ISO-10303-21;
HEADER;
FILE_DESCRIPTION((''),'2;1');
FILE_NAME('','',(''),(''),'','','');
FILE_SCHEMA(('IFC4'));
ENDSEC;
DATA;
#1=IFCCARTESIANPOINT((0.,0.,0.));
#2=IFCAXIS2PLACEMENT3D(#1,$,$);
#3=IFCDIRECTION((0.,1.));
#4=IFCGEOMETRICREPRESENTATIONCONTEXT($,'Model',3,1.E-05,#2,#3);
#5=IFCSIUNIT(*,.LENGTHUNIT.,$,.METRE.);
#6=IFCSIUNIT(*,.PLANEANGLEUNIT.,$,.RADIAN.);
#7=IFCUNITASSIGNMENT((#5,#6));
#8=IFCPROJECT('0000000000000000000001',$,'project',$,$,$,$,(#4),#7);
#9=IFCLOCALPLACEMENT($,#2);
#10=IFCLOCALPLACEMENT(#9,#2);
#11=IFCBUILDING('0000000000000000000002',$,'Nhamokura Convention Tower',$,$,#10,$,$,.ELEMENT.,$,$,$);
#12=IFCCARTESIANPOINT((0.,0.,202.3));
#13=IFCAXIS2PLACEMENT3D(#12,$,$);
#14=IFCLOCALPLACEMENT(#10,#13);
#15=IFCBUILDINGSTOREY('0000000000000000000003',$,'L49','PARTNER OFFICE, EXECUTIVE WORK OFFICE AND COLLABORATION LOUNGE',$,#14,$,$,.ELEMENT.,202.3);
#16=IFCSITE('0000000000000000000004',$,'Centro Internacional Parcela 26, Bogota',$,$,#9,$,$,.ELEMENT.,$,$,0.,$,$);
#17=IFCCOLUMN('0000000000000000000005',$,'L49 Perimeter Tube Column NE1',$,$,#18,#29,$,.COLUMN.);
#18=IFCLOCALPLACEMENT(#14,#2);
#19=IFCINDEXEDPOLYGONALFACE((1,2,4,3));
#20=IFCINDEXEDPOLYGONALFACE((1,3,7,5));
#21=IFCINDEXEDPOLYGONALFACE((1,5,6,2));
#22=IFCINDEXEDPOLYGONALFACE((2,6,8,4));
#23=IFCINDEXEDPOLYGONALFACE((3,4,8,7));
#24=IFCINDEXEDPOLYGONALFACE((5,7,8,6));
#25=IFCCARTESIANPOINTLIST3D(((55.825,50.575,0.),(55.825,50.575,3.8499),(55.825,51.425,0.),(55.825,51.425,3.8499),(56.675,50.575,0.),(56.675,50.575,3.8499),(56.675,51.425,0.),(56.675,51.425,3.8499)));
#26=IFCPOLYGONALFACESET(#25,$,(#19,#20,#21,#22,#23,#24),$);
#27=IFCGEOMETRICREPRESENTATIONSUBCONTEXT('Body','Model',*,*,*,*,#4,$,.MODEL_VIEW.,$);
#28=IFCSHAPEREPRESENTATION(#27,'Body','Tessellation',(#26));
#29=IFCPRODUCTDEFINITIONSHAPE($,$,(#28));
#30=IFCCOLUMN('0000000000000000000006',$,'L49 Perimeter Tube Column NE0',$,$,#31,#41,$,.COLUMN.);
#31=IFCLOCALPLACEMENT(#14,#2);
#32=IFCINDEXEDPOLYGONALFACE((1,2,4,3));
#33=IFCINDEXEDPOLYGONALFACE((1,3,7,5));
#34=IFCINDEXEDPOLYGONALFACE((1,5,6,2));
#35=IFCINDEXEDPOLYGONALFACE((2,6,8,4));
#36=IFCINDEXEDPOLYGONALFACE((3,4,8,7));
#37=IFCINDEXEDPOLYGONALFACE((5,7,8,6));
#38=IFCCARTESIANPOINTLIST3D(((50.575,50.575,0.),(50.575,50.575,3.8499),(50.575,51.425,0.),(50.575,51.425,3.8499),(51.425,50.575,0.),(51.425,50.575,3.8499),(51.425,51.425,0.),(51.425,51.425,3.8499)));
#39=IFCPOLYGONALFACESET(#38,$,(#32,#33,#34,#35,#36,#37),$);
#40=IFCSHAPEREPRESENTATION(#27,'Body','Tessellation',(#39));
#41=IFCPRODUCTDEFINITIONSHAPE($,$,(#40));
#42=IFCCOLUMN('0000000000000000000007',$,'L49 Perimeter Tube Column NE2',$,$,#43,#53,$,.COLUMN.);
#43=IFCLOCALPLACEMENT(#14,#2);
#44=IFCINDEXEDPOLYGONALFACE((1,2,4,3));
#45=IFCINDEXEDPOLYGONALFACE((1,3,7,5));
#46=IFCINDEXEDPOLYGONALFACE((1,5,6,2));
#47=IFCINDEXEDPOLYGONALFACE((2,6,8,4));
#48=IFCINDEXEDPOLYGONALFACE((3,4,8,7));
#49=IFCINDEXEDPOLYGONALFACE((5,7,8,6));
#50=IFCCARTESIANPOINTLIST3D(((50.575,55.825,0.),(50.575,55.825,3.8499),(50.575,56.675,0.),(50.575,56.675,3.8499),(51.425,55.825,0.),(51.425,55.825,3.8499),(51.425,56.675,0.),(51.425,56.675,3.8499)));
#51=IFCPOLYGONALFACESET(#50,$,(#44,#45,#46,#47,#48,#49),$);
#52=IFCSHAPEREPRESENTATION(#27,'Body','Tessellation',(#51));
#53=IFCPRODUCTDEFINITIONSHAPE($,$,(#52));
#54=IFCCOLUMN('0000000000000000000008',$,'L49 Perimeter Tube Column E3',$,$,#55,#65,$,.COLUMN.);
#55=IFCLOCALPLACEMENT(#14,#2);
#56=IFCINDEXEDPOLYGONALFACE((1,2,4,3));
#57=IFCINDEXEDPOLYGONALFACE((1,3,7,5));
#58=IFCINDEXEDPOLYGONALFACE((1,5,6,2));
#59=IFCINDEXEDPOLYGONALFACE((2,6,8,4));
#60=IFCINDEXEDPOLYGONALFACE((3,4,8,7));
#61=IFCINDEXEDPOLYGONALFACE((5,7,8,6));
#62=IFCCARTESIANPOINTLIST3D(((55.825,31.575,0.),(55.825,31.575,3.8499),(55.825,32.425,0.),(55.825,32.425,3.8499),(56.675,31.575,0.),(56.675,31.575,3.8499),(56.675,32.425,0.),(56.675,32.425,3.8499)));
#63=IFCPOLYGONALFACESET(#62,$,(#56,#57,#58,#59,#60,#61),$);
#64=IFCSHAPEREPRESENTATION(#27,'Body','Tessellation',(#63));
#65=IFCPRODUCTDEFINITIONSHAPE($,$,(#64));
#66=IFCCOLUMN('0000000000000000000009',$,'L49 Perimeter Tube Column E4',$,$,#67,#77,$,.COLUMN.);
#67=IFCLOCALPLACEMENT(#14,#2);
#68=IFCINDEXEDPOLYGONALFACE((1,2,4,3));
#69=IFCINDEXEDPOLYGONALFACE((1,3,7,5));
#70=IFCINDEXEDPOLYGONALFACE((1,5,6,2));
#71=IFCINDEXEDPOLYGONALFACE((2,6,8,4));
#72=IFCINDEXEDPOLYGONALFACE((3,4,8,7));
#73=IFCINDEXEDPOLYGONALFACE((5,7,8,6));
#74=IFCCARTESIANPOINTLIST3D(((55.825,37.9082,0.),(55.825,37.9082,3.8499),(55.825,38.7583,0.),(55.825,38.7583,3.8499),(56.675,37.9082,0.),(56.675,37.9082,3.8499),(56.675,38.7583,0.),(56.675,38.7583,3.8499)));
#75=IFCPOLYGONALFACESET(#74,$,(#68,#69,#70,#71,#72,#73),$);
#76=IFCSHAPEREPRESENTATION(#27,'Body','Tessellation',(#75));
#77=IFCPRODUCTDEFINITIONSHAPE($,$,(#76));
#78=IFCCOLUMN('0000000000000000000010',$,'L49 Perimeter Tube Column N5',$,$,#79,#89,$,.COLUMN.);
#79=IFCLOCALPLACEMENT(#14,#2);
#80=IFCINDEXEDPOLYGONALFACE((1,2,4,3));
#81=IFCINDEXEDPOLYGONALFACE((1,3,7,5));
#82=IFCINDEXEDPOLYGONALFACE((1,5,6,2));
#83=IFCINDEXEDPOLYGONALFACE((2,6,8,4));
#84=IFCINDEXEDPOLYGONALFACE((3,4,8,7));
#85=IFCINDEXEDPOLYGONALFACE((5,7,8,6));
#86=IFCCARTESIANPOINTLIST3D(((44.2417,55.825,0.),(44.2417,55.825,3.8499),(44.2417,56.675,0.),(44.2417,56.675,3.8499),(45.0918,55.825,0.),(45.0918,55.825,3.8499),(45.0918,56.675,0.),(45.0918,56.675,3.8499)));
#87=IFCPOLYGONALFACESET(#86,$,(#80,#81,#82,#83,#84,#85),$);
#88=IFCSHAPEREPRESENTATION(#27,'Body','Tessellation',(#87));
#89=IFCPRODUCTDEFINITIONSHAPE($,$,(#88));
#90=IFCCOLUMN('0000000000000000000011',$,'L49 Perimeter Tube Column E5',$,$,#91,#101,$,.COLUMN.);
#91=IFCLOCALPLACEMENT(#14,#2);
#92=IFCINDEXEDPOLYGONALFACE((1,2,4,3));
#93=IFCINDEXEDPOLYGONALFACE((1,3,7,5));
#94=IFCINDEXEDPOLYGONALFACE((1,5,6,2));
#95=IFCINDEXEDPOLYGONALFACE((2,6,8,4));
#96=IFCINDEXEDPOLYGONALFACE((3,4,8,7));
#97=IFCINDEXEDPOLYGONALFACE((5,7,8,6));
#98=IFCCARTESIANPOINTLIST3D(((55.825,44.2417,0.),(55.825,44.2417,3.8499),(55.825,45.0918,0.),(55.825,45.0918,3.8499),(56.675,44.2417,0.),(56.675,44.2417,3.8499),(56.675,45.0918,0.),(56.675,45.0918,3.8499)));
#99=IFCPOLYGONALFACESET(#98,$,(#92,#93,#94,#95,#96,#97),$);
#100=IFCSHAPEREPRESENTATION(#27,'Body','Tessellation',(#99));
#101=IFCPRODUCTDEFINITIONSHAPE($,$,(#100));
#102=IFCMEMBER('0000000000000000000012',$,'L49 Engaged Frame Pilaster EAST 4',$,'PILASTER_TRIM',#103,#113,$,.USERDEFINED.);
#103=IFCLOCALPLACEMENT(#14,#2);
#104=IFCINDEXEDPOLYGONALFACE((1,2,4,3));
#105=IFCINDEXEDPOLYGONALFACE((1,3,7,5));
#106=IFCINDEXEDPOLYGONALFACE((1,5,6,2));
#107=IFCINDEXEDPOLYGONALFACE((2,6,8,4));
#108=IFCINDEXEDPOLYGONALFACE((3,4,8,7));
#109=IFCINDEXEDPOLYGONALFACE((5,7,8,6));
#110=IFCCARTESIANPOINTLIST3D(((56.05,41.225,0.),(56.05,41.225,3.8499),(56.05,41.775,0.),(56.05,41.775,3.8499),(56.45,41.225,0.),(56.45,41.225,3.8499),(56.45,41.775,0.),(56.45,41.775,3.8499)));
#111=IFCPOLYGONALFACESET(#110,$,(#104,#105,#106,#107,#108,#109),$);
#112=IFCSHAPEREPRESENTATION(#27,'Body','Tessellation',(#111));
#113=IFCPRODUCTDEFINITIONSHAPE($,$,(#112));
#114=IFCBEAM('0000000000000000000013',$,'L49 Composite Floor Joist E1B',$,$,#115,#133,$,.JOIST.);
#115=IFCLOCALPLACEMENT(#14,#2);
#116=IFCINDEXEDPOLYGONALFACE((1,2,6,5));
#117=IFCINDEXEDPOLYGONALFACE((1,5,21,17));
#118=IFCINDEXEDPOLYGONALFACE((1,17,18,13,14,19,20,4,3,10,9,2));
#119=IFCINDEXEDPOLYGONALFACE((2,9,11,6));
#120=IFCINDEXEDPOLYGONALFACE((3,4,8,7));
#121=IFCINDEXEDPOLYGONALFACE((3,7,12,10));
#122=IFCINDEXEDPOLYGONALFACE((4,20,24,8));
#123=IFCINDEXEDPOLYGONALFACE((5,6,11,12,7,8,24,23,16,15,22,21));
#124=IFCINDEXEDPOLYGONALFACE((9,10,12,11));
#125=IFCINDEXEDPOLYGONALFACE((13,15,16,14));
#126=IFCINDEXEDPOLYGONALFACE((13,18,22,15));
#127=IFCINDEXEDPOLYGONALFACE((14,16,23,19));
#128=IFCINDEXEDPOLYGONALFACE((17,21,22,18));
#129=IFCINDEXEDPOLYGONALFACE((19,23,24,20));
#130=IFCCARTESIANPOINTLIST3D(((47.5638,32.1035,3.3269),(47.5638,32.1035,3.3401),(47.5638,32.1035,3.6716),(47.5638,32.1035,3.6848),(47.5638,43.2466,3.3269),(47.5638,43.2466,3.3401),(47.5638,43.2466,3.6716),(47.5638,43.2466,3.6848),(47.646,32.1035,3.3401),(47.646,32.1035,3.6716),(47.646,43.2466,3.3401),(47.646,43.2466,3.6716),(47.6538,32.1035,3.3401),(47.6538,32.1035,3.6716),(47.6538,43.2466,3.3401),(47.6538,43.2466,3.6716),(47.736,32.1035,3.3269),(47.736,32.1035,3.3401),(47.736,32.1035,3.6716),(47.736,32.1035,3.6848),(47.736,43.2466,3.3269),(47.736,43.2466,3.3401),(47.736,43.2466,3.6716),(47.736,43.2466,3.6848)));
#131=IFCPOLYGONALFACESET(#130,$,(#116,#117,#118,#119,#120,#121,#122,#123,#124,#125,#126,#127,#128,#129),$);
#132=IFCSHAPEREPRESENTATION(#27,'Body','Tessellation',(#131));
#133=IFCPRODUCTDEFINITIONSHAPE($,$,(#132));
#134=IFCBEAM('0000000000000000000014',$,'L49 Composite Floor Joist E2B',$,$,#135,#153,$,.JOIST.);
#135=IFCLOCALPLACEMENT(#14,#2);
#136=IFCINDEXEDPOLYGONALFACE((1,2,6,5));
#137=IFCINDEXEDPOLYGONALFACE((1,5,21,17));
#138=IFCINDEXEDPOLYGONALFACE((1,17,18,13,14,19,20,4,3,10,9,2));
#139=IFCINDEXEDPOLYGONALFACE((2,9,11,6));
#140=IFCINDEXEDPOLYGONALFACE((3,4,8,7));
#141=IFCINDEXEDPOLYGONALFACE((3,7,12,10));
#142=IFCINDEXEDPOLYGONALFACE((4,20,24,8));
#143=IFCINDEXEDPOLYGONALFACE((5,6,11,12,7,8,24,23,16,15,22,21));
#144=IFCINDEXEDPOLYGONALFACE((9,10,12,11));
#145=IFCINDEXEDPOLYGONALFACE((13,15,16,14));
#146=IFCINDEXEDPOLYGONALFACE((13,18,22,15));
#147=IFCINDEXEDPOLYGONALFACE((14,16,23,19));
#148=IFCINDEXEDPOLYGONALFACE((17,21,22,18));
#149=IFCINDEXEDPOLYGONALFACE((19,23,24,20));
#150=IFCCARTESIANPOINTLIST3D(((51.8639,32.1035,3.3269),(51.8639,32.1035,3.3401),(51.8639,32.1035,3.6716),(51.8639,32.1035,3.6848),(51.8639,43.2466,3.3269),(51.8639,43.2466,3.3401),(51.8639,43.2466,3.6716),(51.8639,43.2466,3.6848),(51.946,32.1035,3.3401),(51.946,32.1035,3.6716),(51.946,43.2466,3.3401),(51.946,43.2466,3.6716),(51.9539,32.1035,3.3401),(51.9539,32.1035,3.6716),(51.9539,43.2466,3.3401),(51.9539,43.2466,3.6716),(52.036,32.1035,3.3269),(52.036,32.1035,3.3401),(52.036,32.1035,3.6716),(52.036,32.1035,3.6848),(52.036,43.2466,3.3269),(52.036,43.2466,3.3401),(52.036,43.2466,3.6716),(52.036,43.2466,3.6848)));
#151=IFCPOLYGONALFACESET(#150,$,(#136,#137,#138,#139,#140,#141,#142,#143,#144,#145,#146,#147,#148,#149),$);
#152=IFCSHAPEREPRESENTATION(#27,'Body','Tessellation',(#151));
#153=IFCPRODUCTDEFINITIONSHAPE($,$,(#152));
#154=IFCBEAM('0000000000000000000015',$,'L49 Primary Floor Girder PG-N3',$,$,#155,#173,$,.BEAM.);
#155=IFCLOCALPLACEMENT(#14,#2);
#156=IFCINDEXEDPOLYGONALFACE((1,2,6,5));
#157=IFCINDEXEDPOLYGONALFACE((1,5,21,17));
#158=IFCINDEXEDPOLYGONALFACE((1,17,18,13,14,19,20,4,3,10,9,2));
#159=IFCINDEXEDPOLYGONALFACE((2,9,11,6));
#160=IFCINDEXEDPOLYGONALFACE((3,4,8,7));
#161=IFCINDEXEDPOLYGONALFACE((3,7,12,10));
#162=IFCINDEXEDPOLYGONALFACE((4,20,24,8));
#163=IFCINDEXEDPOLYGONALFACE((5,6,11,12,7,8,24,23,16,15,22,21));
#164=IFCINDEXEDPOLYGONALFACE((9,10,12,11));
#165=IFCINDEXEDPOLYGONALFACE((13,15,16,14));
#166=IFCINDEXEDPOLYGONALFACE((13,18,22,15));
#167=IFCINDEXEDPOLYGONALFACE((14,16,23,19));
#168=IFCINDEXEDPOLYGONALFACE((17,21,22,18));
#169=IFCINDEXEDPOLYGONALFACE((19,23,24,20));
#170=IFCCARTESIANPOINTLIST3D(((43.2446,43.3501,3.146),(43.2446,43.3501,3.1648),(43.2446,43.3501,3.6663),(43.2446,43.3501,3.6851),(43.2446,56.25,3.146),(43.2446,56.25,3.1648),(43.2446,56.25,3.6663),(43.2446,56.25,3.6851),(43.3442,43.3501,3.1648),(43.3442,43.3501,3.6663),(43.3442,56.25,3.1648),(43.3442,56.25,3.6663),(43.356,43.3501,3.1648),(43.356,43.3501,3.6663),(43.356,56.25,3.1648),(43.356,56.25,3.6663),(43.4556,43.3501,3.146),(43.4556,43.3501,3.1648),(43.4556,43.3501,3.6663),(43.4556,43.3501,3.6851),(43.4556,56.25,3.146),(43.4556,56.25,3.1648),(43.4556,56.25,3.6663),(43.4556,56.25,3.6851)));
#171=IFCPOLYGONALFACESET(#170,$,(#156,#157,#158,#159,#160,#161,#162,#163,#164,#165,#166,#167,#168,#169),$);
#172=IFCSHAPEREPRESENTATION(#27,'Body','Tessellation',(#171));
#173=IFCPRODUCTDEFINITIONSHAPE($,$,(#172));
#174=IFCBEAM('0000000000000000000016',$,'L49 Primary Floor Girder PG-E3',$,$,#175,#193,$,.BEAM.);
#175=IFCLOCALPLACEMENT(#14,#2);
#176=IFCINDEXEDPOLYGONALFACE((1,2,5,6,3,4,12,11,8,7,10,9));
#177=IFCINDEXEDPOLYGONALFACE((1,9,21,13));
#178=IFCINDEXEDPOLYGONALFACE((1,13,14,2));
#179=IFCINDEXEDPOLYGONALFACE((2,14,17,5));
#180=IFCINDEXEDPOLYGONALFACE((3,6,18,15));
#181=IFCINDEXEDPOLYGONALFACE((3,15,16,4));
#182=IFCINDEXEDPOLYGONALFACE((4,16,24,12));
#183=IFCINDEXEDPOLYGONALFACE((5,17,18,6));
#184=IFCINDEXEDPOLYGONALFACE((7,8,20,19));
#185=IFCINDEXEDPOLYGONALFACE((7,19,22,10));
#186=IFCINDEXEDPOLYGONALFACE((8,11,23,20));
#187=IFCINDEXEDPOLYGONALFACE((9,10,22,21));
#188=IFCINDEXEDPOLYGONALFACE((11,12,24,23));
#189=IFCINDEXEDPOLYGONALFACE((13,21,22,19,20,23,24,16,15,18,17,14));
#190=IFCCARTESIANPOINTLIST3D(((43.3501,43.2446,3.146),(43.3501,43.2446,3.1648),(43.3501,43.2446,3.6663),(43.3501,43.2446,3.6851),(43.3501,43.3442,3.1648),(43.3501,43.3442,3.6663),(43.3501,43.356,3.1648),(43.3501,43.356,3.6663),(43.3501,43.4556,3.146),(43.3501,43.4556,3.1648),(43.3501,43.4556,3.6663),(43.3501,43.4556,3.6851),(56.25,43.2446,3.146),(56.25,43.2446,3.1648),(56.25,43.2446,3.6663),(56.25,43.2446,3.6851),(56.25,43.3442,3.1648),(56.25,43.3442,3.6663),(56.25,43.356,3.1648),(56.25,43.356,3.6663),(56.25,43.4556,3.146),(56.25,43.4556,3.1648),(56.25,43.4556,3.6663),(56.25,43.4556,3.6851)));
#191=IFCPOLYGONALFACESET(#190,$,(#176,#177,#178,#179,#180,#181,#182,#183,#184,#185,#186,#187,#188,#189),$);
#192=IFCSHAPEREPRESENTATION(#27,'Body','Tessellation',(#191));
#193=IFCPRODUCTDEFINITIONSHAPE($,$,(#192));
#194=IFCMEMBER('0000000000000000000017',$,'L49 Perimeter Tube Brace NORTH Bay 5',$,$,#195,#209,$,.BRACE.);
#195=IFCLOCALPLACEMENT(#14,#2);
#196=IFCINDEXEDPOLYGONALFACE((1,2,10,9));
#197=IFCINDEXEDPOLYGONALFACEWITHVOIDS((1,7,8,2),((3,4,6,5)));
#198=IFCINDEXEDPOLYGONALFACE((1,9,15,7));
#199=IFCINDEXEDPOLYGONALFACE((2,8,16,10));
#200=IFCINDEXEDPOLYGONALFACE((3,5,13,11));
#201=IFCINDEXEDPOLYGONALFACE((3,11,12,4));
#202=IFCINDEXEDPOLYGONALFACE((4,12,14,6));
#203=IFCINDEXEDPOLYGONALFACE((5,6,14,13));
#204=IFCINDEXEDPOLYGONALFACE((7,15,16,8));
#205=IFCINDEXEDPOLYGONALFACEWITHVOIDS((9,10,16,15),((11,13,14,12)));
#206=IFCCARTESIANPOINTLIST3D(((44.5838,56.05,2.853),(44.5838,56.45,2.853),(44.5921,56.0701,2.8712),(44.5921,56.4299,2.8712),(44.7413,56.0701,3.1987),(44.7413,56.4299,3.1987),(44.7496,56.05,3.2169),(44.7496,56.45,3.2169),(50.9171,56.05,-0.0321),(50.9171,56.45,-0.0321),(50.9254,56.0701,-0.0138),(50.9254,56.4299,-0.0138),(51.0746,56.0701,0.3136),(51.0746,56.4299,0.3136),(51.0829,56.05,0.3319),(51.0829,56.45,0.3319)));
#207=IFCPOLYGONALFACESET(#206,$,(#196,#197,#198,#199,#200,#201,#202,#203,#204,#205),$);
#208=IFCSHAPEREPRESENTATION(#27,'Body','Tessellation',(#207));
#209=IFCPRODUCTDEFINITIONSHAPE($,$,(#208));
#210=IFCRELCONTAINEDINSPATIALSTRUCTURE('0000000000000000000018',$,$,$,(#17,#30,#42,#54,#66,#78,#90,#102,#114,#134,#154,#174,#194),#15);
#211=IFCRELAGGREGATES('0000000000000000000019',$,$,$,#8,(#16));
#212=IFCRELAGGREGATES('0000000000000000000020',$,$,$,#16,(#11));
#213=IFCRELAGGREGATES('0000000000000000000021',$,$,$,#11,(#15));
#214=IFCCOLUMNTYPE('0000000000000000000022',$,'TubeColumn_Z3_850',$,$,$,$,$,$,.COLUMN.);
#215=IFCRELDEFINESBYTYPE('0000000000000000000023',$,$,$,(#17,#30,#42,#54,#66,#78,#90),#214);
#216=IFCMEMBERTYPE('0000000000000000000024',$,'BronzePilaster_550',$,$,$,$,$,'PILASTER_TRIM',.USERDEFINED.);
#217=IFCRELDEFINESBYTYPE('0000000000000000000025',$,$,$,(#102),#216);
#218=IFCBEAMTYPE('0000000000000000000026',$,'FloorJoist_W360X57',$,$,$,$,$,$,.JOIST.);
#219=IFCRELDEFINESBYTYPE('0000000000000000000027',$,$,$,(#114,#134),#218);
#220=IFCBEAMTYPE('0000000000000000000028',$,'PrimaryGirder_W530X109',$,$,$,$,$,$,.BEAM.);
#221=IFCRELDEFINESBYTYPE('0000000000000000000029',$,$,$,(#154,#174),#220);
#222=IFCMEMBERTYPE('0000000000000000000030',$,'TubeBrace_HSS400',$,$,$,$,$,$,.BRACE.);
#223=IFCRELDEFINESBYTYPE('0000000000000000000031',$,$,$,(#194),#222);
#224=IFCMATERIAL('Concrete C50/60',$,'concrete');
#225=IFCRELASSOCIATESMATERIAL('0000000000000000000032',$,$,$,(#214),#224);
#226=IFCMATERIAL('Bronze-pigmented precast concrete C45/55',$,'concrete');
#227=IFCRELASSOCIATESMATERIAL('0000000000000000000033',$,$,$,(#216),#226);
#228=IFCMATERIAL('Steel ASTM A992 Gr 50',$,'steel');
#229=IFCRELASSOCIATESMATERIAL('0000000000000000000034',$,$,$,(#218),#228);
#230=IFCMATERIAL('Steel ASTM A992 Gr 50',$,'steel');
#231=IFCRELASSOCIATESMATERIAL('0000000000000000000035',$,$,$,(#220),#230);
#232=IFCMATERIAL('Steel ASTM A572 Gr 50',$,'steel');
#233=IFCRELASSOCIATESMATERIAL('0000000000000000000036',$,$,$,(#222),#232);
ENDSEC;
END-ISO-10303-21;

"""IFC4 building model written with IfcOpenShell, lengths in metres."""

from ifc_helpers import new_model, si_unit, direction, frame, origin, origin_2d, place, context, subcontext, project, spatial, rectangle, hollow_rectangle, i_section, extrude, material, material_profile, profile_set, type_object, element, save


model = new_model("IFC4")

# Units and contexts
model_context = context("Model", 3, precision=1e-05, world=origin(), true_north=direction((0.0, 1.0)))
body_context = subcontext(model_context, "Body", "Model", "MODEL_VIEW")
ifc_project = project(units=[si_unit("LENGTHUNIT", "METRE"), si_unit("PLANEANGLEUNIT", "RADIAN")], contexts=[model_context])

# Site, building, storey
site_placement = place(None, origin())
site = spatial("IfcSite", under=ifc_project, at=site_placement, Name="Centro Internacional Parcela 26, Bogota", CompositionType="ELEMENT", RefElevation=0.0)
building_placement = place(site_placement, origin())
building = spatial("IfcBuilding", under=site, at=building_placement, Name="Nhamokura Convention Tower", CompositionType="ELEMENT")
storey_placement = place(building_placement, frame((0.0, 0.0, 202.3)))
storey = spatial("IfcBuildingStorey", under=building, at=storey_placement, Name="L49", Description="PARTNER OFFICE, EXECUTIVE WORK OFFICE AND COLLABORATION LOUNGE", CompositionType="ELEMENT", Elevation=202.3)

# Columns
ifc_material_1 = material(Name="Concrete C50/60", Category="concrete")
ifc_material_profile_1 = material_profile(ifc_material_1, rectangle(XDim=0.8501, YDim=0.8501, at=origin_2d()))
ifc_profile_set_1 = profile_set([ifc_material_profile_1], Name="Concrete C50/60")
column_type = type_object("IfcColumnType", Name="TubeColumn_Z3_850", PredefinedType="COLUMN", material=ifc_profile_set_1)
for number, where, z_axis, x_axis, name in (
    (1, (56.25, 51.0, 0.0), (0.0, 0.0, 1.0), (1.0, 0.0, 0.0), "L49 Perimeter Tube Column NE1"),
    (2, (51.0, 51.0, 0.0), (0.0, 0.0, 1.0), (1.0, 0.0, 0.0), "L49 Perimeter Tube Column NE0"),
    (3, (51.0, 56.25, 0.0), (0.0, 0.0, 1.0), (1.0, 0.0, 0.0), "L49 Perimeter Tube Column NE2"),
    (4, (56.25, 32.0, 0.0), (0.0, 0.0, 1.0), (1.0, 0.0, 0.0), "L49 Perimeter Tube Column E3"),
    (5, (56.25, 38.3333, 0.0), (0.0, 0.0, 1.0), (1.0, 0.0, 0.0), "L49 Perimeter Tube Column E4"),
    (6, (44.6667, 56.25, 0.0), (0.0, 0.0, 1.0), (1.0, 0.0, 0.0), "L49 Perimeter Tube Column N5"),
    (7, (56.25, 44.6667, 0.0), (0.0, 0.0, 1.0), (1.0, 0.0, 0.0), "L49 Perimeter Tube Column E5"),
):
    element("IfcColumn", number, at=place(storey_placement, frame(where, z_axis=z_axis, x_axis=x_axis)), inside=storey, type_object=column_type, Name=name, PredefinedType="COLUMN", context=body_context, shape_type="SweptSolid", body=[
        extrude(rectangle(XDim=0.8501, YDim=0.8501, at=origin_2d()), origin(), (0.0, 0.0, 1.0), 3.8499),
    ])

# Member
ifc_material_2 = material(Name="Bronze-pigmented precast concrete C45/55", Category="concrete")
ifc_material_profile_2 = material_profile(ifc_material_2, rectangle(XDim=0.3999, YDim=0.55, at=origin_2d()))
ifc_profile_set_2 = profile_set([ifc_material_profile_2], Name="Bronze-pigmented precast concrete C45/55")
member_type_1 = type_object("IfcMemberType", Name="BronzePilaster_550", ElementType="PILASTER_TRIM", PredefinedType="USERDEFINED", material=ifc_profile_set_2)
member_placement = place(storey_placement, frame((56.25, 41.5, 0.0), z_axis=(0.0, 0.0, 1.0), x_axis=(1.0, 0.0, 0.0)))
element("IfcMember", 8, at=member_placement, inside=storey, type_object=member_type_1, Name="L49 Engaged Frame Pilaster EAST 4", ObjectType="PILASTER_TRIM", PredefinedType="USERDEFINED", context=body_context, shape_type="SweptSolid", body=[
    extrude(rectangle(XDim=0.3999, YDim=0.55, at=origin_2d()), origin(), (0.0, 0.0, 1.0), 3.8499),
])

# Beams
ifc_material_3 = material(Name="Steel ASTM A992 Gr 50", Category="steel")
ifc_material_profile_3 = material_profile(ifc_material_3, i_section(OverallWidth=0.1721, OverallDepth=0.3579, WebThickness=0.0078, FlangeThickness=0.0132, at=origin_2d()))
ifc_profile_set_3 = profile_set([ifc_material_profile_3], Name="Steel ASTM A992 Gr 50")
beam_type_1 = type_object("IfcBeamType", Name="FloorJoist_W360X57", PredefinedType="JOIST", material=ifc_profile_set_3)
for number, where, z_axis, x_axis, name in (
    (9, (47.6499, 32.1035, 3.5059), (0.0, 1.0, 0.0), (-1.0, 0.0, 0.0), "L49 Composite Floor Joist E1B"),
    (10, (51.95, 32.1035, 3.5059), (0.0, 1.0, 0.0), (-1.0, 0.0, 0.0), "L49 Composite Floor Joist E2B"),
):
    element("IfcBeam", number, at=place(storey_placement, frame(where, z_axis=z_axis, x_axis=x_axis)), inside=storey, type_object=beam_type_1, Name=name, PredefinedType="JOIST", context=body_context, shape_type="SweptSolid", body=[
        extrude(i_section(OverallWidth=0.1721, OverallDepth=0.3579, WebThickness=0.0078, FlangeThickness=0.0132, at=origin_2d()), origin(), (0.0, 0.0, 1.0), 11.1431),
    ])
ifc_material_4 = material(Name="Steel ASTM A992 Gr 50", Category="steel")
ifc_material_profile_4 = material_profile(ifc_material_4, i_section(OverallWidth=0.2109, OverallDepth=0.5391, WebThickness=0.0117, FlangeThickness=0.0188, at=origin_2d()))
ifc_profile_set_4 = profile_set([ifc_material_profile_4], Name="Steel ASTM A992 Gr 50")
beam_type_2 = type_object("IfcBeamType", Name="PrimaryGirder_W530X109", PredefinedType="BEAM", material=ifc_profile_set_4)
for number, where, z_axis, x_axis, name in (
    (11, (43.3501, 43.3501, 3.4155), (0.0, 1.0, 0.0), (-1.0, 0.0, 0.0), "L49 Primary Floor Girder PG-N3"),
    (12, (43.3501, 43.3501, 3.4155), (1.0, 0.0, 0.0), (0.0, 1.0, 0.0), "L49 Primary Floor Girder PG-E3"),
):
    element("IfcBeam", number, at=place(storey_placement, frame(where, z_axis=z_axis, x_axis=x_axis)), inside=storey, type_object=beam_type_2, Name=name, PredefinedType="BEAM", context=body_context, shape_type="SweptSolid", body=[
        extrude(i_section(OverallWidth=0.2109, OverallDepth=0.5391, WebThickness=0.0117, FlangeThickness=0.0188, at=origin_2d()), origin(), (0.0, 0.0, 1.0), 12.8999),
    ])

# Member
ifc_material_5 = material(Name="Steel ASTM A572 Gr 50", Category="steel")
ifc_material_profile_5 = material_profile(ifc_material_5, hollow_rectangle(XDim=0.3999, YDim=0.3999, WallThickness=0.02, at=origin_2d()))
ifc_profile_set_5 = profile_set([ifc_material_profile_5], Name="Steel ASTM A572 Gr 50")
member_type_2 = type_object("IfcMemberType", Name="TubeBrace_HSS400", PredefinedType="BRACE", material=ifc_profile_set_5)
for number, where, z_axis, x_axis, name in (
    (13, (51.0, 56.25, 0.1499), (-0.910027, 0.0, 0.414548), (0.0, -1.0, 0.0), "L49 Perimeter Tube Brace NORTH Bay 5"),
):
    element("IfcMember", number, at=place(storey_placement, frame(where, z_axis=z_axis, x_axis=x_axis)), inside=storey, type_object=member_type_2, Name=name, PredefinedType="BRACE", context=body_context, shape_type="SweptSolid", body=[
        extrude(hollow_rectangle(XDim=0.3999, YDim=0.3999, WallThickness=0.02, at=origin_2d()), origin(), (0.0, 0.0, 1.0), 6.9595),
    ])

save(model, "model.ifc")
